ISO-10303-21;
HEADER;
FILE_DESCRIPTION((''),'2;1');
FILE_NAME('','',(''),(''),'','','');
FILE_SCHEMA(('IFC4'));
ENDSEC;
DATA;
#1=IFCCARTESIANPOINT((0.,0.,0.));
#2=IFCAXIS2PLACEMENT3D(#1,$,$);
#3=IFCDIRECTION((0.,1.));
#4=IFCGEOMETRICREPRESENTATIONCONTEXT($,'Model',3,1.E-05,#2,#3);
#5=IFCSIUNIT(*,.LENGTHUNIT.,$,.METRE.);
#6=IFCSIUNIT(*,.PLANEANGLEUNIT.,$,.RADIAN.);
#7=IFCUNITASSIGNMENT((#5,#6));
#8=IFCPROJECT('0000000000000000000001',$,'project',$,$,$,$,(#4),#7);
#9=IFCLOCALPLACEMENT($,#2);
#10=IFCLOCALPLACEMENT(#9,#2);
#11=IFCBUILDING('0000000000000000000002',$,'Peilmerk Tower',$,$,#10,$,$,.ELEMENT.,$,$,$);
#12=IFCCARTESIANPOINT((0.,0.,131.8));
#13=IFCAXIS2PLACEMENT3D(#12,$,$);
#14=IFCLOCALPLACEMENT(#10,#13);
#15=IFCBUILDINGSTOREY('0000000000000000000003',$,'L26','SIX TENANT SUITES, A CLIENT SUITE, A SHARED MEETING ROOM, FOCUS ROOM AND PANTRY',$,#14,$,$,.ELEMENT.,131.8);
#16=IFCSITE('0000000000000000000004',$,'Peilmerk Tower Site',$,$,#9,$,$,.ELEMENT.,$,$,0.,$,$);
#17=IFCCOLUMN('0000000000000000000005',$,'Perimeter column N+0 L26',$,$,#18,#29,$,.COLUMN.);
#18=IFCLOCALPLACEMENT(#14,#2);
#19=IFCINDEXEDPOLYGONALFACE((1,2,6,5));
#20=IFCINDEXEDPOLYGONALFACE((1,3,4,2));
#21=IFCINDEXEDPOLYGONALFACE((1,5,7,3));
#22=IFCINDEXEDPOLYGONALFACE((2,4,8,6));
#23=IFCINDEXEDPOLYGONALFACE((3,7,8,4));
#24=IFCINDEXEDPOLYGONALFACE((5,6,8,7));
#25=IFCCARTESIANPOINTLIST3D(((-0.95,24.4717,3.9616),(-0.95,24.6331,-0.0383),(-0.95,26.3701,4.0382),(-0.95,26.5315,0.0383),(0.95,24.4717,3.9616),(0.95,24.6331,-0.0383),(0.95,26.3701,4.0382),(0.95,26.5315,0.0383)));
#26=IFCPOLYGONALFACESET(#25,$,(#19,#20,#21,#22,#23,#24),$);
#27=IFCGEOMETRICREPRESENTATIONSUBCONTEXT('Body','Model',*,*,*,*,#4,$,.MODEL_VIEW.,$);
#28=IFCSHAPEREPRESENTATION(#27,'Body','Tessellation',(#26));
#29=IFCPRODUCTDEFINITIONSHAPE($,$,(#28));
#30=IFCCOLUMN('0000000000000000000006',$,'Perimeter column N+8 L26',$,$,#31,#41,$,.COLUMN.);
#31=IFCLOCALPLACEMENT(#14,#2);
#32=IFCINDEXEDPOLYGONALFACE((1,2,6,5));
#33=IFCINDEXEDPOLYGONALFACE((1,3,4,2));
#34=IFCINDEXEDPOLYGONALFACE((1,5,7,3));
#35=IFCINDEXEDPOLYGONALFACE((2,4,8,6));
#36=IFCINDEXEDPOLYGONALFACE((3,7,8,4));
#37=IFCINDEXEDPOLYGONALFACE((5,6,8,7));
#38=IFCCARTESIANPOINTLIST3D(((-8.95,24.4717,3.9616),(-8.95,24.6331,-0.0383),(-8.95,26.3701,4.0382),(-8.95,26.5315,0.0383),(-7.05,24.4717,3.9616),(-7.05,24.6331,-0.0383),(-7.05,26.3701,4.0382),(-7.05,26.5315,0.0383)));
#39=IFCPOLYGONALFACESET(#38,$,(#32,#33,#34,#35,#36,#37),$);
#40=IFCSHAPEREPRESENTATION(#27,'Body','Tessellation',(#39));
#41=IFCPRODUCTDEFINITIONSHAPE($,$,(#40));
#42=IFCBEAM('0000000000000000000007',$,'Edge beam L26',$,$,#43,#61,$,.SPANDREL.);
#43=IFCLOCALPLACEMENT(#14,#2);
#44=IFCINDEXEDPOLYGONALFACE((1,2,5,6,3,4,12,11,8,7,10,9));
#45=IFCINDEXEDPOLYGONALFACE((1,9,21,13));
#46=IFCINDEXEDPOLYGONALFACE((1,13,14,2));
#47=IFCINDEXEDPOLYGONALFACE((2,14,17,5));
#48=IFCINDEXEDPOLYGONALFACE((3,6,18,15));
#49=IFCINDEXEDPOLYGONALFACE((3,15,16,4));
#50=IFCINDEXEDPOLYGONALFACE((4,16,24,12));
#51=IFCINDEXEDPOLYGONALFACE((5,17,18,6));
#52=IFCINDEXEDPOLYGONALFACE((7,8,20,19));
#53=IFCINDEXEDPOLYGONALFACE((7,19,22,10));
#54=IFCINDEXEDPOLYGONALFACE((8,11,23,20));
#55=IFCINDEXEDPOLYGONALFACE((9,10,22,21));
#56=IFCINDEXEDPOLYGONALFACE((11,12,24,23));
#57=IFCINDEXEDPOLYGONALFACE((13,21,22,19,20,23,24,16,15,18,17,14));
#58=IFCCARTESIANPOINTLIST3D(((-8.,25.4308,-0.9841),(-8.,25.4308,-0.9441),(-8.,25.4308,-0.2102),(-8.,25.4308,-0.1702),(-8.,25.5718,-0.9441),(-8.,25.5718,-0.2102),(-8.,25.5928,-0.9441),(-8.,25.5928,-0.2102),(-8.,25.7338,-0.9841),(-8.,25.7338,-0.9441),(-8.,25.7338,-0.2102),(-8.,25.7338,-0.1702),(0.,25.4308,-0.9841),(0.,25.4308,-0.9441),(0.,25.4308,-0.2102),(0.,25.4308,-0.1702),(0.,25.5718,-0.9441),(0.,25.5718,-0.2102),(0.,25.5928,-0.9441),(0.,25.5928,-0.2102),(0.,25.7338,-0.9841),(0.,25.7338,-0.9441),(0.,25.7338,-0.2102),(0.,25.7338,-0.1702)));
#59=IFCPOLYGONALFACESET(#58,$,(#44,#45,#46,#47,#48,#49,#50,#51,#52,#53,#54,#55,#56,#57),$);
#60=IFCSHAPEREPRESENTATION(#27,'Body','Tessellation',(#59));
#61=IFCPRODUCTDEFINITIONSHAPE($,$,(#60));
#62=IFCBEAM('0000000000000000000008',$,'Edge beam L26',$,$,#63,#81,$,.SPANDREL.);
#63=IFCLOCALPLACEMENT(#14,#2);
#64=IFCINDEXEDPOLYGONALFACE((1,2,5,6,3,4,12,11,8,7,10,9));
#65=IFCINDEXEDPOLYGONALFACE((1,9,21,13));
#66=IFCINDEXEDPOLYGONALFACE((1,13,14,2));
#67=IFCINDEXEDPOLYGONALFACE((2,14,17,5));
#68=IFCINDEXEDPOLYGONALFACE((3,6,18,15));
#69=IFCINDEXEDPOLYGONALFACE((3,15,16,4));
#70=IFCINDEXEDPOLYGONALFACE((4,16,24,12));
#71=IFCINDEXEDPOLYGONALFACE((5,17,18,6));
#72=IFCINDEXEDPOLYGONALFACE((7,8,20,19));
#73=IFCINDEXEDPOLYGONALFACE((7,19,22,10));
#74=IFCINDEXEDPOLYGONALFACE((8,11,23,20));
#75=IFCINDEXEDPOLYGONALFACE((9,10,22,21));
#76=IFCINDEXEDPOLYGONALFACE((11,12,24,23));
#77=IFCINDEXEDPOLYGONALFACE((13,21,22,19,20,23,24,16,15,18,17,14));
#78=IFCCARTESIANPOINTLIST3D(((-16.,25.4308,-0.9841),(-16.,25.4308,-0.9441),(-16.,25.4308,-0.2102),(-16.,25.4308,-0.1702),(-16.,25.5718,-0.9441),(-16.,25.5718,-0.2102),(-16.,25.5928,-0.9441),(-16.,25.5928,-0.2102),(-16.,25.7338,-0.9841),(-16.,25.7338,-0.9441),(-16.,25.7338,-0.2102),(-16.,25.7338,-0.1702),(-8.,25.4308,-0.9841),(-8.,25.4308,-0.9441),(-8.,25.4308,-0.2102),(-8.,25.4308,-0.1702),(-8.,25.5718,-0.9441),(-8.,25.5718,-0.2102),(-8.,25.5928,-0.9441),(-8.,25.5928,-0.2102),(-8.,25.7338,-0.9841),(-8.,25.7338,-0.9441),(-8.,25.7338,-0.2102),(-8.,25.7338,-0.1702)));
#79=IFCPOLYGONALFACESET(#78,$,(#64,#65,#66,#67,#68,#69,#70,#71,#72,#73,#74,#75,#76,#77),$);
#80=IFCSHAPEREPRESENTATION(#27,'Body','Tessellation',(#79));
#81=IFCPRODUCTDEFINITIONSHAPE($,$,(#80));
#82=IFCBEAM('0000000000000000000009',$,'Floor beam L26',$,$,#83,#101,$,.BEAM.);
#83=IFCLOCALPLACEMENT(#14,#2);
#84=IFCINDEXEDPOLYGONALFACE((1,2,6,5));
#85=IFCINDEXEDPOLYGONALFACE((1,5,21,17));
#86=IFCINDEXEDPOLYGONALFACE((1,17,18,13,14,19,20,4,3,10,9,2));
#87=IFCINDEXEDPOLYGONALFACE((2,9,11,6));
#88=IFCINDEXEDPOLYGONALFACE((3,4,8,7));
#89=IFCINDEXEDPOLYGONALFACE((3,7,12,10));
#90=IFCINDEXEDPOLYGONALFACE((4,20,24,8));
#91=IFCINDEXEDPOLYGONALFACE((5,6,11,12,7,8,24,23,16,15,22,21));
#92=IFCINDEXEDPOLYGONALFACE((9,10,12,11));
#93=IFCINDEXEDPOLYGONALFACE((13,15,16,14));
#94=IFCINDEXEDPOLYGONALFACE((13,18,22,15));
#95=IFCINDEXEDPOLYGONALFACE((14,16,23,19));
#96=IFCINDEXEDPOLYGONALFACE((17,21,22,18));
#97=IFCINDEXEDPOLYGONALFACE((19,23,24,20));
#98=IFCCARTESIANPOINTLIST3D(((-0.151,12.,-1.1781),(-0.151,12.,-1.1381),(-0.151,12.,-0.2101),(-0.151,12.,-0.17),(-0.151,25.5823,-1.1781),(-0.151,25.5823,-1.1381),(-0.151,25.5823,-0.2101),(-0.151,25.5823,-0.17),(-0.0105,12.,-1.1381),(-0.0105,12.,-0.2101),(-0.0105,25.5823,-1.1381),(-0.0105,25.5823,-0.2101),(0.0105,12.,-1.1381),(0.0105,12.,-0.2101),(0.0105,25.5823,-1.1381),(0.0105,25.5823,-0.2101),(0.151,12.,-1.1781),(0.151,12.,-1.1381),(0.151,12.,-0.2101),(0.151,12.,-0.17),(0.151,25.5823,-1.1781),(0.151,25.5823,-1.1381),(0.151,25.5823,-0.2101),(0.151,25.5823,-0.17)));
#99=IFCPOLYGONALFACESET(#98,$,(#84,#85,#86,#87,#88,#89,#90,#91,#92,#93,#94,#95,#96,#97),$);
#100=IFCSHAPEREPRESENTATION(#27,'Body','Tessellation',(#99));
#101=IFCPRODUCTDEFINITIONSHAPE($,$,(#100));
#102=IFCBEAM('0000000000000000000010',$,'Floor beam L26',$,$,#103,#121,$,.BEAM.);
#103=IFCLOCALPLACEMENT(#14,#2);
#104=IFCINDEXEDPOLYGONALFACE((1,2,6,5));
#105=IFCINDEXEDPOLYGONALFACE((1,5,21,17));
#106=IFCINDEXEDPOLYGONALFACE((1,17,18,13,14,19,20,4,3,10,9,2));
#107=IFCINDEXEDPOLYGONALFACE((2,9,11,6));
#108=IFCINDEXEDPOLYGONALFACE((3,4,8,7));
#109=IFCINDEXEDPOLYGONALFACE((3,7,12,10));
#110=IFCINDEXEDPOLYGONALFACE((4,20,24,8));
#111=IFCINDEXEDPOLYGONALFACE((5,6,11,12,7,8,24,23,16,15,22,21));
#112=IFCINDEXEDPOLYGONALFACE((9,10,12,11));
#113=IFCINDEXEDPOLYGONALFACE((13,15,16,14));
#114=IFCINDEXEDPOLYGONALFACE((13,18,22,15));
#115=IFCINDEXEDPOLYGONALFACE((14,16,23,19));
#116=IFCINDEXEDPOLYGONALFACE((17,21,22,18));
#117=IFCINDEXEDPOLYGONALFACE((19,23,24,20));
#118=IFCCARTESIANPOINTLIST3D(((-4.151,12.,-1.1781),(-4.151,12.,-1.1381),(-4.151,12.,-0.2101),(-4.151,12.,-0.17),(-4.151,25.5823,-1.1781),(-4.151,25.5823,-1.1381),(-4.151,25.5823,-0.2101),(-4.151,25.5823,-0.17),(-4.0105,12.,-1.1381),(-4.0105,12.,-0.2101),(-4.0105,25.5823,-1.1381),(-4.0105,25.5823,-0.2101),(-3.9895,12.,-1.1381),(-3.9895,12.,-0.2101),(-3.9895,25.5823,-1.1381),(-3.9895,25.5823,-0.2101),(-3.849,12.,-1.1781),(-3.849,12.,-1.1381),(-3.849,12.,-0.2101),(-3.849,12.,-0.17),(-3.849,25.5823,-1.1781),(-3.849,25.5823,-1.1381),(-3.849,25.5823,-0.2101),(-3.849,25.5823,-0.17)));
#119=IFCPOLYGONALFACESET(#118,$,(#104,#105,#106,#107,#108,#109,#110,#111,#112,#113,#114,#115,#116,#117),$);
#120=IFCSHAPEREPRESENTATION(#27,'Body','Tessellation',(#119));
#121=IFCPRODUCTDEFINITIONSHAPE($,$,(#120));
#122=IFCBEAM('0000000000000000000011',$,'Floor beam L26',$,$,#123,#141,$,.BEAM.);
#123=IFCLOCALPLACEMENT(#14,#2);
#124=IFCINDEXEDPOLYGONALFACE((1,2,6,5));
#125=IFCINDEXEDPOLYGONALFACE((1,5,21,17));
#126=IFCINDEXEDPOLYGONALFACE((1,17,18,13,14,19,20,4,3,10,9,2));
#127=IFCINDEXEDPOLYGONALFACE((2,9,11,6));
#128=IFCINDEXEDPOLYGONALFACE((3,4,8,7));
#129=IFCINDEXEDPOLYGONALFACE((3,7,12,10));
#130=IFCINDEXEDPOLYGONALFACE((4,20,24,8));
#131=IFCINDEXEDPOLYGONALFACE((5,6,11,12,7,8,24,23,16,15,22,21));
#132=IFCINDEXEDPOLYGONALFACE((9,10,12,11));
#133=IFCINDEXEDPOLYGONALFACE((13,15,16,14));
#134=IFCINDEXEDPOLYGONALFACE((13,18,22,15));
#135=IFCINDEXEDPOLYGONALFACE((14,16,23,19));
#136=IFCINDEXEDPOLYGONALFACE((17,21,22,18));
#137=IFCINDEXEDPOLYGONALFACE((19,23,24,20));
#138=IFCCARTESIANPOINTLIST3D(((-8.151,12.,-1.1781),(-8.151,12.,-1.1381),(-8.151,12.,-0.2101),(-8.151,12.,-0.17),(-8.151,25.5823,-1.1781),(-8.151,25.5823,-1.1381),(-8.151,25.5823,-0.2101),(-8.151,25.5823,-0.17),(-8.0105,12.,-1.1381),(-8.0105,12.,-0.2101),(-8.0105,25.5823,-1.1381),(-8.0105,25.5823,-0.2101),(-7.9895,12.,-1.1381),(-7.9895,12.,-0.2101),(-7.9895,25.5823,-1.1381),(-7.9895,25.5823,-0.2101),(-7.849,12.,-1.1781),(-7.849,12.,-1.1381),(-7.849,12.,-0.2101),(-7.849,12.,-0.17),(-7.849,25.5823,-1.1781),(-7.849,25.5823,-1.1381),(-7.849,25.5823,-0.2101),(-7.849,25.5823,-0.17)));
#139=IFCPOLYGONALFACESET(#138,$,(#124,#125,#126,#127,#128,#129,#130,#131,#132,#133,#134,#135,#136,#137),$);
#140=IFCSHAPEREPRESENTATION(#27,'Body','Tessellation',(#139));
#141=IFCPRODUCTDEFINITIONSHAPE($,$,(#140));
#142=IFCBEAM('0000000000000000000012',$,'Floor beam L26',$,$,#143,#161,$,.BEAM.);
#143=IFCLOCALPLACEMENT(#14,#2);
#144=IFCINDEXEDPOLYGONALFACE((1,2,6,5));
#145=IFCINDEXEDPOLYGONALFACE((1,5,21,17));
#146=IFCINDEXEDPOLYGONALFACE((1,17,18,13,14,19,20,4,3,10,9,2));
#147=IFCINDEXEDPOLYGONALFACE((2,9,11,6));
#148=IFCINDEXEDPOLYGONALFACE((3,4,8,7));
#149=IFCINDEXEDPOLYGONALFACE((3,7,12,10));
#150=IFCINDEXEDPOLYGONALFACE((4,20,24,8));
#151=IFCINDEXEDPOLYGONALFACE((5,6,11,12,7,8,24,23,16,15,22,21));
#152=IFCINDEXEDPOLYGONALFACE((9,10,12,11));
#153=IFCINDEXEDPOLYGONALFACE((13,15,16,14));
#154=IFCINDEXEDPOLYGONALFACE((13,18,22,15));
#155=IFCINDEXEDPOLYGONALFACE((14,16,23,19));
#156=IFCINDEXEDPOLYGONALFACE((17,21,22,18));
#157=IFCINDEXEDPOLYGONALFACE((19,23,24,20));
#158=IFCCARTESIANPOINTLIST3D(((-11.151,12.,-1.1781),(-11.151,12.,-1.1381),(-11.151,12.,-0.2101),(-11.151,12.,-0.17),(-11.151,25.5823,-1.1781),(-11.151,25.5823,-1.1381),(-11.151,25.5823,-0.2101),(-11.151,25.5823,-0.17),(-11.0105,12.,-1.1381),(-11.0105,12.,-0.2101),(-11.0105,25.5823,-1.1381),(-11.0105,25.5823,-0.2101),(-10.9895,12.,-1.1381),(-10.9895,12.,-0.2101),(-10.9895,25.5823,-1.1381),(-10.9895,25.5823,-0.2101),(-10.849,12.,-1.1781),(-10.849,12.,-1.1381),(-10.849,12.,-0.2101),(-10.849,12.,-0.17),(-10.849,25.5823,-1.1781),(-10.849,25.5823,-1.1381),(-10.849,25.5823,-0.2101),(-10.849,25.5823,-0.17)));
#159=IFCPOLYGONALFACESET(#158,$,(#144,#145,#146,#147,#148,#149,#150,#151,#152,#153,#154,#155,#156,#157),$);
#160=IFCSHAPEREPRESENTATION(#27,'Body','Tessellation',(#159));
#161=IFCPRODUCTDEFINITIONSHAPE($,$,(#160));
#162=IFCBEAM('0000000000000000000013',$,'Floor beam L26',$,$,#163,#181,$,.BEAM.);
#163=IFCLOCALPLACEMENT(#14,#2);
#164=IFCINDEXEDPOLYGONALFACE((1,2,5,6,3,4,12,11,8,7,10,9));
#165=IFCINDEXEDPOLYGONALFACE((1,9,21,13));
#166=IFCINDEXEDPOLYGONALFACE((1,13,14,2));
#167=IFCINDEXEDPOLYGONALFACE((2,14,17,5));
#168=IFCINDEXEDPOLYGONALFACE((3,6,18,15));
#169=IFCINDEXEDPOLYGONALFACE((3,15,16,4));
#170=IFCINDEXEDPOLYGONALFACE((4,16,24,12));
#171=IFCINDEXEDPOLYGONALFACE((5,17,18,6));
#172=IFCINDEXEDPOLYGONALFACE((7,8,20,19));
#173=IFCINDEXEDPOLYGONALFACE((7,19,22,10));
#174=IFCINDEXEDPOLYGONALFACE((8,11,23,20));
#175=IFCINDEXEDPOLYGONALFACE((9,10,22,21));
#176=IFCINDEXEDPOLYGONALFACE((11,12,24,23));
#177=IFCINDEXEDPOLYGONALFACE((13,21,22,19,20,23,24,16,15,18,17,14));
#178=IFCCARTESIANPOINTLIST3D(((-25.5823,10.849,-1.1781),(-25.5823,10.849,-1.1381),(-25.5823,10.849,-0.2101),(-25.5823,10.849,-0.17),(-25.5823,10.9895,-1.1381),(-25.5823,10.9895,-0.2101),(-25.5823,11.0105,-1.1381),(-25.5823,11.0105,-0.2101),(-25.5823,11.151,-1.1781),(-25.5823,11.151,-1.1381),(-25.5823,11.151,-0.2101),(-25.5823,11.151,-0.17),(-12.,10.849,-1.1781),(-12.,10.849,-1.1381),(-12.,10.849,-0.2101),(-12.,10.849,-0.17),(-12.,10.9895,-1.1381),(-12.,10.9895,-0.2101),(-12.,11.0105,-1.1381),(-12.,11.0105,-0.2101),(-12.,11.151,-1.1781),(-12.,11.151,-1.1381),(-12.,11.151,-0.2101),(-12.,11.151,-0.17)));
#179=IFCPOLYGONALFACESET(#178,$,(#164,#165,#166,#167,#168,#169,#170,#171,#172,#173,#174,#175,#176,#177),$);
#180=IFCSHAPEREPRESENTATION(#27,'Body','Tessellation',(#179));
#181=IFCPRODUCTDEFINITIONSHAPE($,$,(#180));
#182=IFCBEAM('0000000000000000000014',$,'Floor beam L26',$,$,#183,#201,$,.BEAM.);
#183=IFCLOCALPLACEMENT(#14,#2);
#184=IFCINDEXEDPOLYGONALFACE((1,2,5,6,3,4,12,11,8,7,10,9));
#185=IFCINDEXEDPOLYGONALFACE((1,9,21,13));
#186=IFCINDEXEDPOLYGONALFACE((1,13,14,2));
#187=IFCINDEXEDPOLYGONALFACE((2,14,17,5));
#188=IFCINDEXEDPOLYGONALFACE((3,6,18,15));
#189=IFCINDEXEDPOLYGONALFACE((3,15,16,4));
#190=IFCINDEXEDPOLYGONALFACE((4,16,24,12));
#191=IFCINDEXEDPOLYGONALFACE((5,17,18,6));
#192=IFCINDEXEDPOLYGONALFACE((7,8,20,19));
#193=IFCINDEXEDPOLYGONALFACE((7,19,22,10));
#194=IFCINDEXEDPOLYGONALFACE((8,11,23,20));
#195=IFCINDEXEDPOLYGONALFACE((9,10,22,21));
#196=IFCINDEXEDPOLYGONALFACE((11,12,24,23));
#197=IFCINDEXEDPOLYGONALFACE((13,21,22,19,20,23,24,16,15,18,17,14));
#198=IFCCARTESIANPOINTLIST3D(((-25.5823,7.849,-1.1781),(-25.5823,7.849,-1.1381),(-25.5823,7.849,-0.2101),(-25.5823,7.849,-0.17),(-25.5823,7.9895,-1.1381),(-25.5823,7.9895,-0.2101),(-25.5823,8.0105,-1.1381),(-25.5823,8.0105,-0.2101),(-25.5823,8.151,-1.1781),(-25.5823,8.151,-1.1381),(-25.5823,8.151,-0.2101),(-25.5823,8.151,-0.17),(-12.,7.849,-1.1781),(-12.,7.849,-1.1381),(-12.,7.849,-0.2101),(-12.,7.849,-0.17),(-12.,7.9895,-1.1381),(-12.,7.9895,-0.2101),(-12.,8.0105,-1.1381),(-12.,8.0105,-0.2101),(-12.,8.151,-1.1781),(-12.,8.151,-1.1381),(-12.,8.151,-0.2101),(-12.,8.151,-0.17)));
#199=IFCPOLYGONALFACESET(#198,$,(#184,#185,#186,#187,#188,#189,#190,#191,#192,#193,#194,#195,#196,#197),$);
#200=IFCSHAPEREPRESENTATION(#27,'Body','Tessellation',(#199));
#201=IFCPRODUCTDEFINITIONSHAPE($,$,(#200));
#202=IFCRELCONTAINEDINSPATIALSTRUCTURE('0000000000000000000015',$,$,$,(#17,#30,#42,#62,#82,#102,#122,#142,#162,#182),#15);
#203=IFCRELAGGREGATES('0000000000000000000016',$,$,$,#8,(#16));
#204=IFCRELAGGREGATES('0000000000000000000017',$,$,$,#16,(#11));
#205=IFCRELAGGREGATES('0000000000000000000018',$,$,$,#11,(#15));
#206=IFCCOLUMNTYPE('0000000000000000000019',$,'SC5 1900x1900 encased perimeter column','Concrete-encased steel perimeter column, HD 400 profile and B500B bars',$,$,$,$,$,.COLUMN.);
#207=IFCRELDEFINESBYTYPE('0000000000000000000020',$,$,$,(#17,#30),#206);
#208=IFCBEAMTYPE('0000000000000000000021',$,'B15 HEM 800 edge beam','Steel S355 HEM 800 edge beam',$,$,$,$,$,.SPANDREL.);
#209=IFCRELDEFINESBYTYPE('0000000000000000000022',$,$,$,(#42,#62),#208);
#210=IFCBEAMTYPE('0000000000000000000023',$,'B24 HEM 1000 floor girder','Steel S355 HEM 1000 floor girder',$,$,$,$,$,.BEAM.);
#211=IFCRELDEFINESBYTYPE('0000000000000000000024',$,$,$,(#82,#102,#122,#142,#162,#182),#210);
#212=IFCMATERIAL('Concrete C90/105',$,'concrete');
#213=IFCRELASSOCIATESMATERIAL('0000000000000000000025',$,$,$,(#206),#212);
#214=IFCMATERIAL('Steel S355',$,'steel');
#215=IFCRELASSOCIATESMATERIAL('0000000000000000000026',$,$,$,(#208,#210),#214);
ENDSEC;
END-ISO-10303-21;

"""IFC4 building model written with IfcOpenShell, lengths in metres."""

from ifc_helpers import new_model, si_unit, direction, frame, origin, origin_2d, place, context, subcontext, project, spatial, rectangle, i_section, extrude, material, material_profile, profile_set, type_object, element, save


model = new_model("IFC4")

# Units and contexts
model_context = context("Model", 3, precision=1e-05, world=origin(), true_north=direction((0.0, 1.0)))
body_context = subcontext(model_context, "Body", "Model", "MODEL_VIEW")
ifc_project = project(units=[si_unit("LENGTHUNIT", "METRE"), si_unit("PLANEANGLEUNIT", "RADIAN")], contexts=[model_context])

# Site, building, storey
site_placement = place(None, origin())
site = spatial("IfcSite", under=ifc_project, at=site_placement, Name="Peilmerk Tower Site", CompositionType="ELEMENT", RefElevation=0.0)
building_placement = place(site_placement, origin())
building = spatial("IfcBuilding", under=site, at=building_placement, Name="Peilmerk Tower", CompositionType="ELEMENT")
storey_placement = place(building_placement, frame((0.0, 0.0, 131.8)))
storey = spatial("IfcBuildingStorey", under=building, at=storey_placement, Name="L26", Description="SIX TENANT SUITES, A CLIENT SUITE, A SHARED MEETING ROOM, FOCUS ROOM AND PANTRY", CompositionType="ELEMENT", Elevation=131.8)

# Columns
ifc_material_1 = material(Name="Concrete C90/105", Category="concrete")
ifc_material_profile_1 = material_profile(ifc_material_1, rectangle(XDim=1.8999, YDim=1.8999, at=origin_2d()), Name="RC 1900x1900")
ifc_profile_set_1 = profile_set([ifc_material_profile_1], Name="Concrete C90/105")
column_type = type_object("IfcColumnType", Name="SC5 1900x1900 encased perimeter column", Description="Concrete-encased steel perimeter column, HD 400 profile and B500B bars", PredefinedType="COLUMN", material=ifc_profile_set_1)
for number, where, z_axis, x_axis, name in (
    (1, (0.0, 25.5823, 0.0), (0.0, -0.040311, 0.999187), (1.0, 0.0, 0.0), "Perimeter column N+0 L26"),
    (2, (-8.0, 25.5823, 0.0), (0.0, -0.040311, 0.999187), (1.0, 0.0, 0.0), "Perimeter column N+8 L26"),
):
    element("IfcColumn", number, at=place(storey_placement, frame(where, z_axis=z_axis, x_axis=x_axis)), inside=storey, type_object=column_type, Name=name, PredefinedType="COLUMN", context=body_context, shape_type="SweptSolid", body=[
        extrude(rectangle(XDim=1.8999, YDim=1.8999, at=origin_2d()), origin(), (0.0, 0.0, 1.0), 4.0032),
    ])

# Beams
ifc_material_2 = material(Name="Steel S355", Category="steel")
ifc_material_profile_2 = material_profile(ifc_material_2, i_section(OverallWidth=0.303, OverallDepth=0.814, WebThickness=0.021, FlangeThickness=0.04, at=origin_2d()), Name="HEM 800")
ifc_profile_set_2 = profile_set([ifc_material_profile_2], Name="Steel S355")
beam_type_1 = type_object("IfcBeamType", Name="B15 HEM 800 edge beam", Description="Steel S355 HEM 800 edge beam", PredefinedType="SPANDREL", material=ifc_profile_set_2)
for number, where, z_axis, x_axis, name in (
    (3, (0.0, 25.5823, -0.5771), (-1.0, 0.0, 0.0), (0.0, -1.0, 0.0), "Edge beam L26"),
    (4, (-8.0, 25.5823, -0.5771), (-1.0, 0.0, 0.0), (0.0, -1.0, 0.0), "Edge beam L26"),
):
    element("IfcBeam", number, at=place(storey_placement, frame(where, z_axis=z_axis, x_axis=x_axis)), inside=storey, type_object=beam_type_1, Name=name, PredefinedType="SPANDREL", context=body_context, shape_type="SweptSolid", body=[
        extrude(i_section(OverallWidth=0.303, OverallDepth=0.814, WebThickness=0.021, FlangeThickness=0.04, at=origin_2d()), origin(), (0.0, 0.0, 1.0), 8.0),
    ])
ifc_material_profile_3 = material_profile(ifc_material_2, i_section(OverallWidth=0.302, OverallDepth=1.0081, WebThickness=0.021, FlangeThickness=0.04, at=origin_2d()), Name="HEM 1000")
ifc_profile_set_3 = profile_set([ifc_material_profile_3], Name="Steel S355")
beam_type_2 = type_object("IfcBeamType", Name="B24 HEM 1000 floor girder", Description="Steel S355 HEM 1000 floor girder", PredefinedType="BEAM", material=ifc_profile_set_3)
for number, where, z_axis, x_axis, name in (
    (5, (0.0, 12.0, -0.6741), (0.0, 1.0, 0.0), (-1.0, 0.0, 0.0), "Floor beam L26"),
    (6, (-4.0, 12.0, -0.6741), (0.0, 1.0, 0.0), (-1.0, 0.0, 0.0), "Floor beam L26"),
    (7, (-8.0, 12.0, -0.6741), (0.0, 1.0, 0.0), (-1.0, 0.0, 0.0), "Floor beam L26"),
    (8, (-11.0, 12.0, -0.6741), (0.0, 1.0, 0.0), (-1.0, 0.0, 0.0), "Floor beam L26"),
    (9, (-12.0, 11.0, -0.6741), (-1.0, 0.0, 0.0), (0.0, -1.0, 0.0), "Floor beam L26"),
    (10, (-12.0, 8.0, -0.6741), (-1.0, 0.0, 0.0), (0.0, -1.0, 0.0), "Floor beam L26"),
):
    element("IfcBeam", number, at=place(storey_placement, frame(where, z_axis=z_axis, x_axis=x_axis)), inside=storey, type_object=beam_type_2, Name=name, PredefinedType="BEAM", context=body_context, shape_type="SweptSolid", body=[
        extrude(i_section(OverallWidth=0.302, OverallDepth=1.0081, WebThickness=0.021, FlangeThickness=0.04, at=origin_2d()), origin(), (0.0, 0.0, 1.0), 13.5823),
    ])

save(model, "model.ifc")
